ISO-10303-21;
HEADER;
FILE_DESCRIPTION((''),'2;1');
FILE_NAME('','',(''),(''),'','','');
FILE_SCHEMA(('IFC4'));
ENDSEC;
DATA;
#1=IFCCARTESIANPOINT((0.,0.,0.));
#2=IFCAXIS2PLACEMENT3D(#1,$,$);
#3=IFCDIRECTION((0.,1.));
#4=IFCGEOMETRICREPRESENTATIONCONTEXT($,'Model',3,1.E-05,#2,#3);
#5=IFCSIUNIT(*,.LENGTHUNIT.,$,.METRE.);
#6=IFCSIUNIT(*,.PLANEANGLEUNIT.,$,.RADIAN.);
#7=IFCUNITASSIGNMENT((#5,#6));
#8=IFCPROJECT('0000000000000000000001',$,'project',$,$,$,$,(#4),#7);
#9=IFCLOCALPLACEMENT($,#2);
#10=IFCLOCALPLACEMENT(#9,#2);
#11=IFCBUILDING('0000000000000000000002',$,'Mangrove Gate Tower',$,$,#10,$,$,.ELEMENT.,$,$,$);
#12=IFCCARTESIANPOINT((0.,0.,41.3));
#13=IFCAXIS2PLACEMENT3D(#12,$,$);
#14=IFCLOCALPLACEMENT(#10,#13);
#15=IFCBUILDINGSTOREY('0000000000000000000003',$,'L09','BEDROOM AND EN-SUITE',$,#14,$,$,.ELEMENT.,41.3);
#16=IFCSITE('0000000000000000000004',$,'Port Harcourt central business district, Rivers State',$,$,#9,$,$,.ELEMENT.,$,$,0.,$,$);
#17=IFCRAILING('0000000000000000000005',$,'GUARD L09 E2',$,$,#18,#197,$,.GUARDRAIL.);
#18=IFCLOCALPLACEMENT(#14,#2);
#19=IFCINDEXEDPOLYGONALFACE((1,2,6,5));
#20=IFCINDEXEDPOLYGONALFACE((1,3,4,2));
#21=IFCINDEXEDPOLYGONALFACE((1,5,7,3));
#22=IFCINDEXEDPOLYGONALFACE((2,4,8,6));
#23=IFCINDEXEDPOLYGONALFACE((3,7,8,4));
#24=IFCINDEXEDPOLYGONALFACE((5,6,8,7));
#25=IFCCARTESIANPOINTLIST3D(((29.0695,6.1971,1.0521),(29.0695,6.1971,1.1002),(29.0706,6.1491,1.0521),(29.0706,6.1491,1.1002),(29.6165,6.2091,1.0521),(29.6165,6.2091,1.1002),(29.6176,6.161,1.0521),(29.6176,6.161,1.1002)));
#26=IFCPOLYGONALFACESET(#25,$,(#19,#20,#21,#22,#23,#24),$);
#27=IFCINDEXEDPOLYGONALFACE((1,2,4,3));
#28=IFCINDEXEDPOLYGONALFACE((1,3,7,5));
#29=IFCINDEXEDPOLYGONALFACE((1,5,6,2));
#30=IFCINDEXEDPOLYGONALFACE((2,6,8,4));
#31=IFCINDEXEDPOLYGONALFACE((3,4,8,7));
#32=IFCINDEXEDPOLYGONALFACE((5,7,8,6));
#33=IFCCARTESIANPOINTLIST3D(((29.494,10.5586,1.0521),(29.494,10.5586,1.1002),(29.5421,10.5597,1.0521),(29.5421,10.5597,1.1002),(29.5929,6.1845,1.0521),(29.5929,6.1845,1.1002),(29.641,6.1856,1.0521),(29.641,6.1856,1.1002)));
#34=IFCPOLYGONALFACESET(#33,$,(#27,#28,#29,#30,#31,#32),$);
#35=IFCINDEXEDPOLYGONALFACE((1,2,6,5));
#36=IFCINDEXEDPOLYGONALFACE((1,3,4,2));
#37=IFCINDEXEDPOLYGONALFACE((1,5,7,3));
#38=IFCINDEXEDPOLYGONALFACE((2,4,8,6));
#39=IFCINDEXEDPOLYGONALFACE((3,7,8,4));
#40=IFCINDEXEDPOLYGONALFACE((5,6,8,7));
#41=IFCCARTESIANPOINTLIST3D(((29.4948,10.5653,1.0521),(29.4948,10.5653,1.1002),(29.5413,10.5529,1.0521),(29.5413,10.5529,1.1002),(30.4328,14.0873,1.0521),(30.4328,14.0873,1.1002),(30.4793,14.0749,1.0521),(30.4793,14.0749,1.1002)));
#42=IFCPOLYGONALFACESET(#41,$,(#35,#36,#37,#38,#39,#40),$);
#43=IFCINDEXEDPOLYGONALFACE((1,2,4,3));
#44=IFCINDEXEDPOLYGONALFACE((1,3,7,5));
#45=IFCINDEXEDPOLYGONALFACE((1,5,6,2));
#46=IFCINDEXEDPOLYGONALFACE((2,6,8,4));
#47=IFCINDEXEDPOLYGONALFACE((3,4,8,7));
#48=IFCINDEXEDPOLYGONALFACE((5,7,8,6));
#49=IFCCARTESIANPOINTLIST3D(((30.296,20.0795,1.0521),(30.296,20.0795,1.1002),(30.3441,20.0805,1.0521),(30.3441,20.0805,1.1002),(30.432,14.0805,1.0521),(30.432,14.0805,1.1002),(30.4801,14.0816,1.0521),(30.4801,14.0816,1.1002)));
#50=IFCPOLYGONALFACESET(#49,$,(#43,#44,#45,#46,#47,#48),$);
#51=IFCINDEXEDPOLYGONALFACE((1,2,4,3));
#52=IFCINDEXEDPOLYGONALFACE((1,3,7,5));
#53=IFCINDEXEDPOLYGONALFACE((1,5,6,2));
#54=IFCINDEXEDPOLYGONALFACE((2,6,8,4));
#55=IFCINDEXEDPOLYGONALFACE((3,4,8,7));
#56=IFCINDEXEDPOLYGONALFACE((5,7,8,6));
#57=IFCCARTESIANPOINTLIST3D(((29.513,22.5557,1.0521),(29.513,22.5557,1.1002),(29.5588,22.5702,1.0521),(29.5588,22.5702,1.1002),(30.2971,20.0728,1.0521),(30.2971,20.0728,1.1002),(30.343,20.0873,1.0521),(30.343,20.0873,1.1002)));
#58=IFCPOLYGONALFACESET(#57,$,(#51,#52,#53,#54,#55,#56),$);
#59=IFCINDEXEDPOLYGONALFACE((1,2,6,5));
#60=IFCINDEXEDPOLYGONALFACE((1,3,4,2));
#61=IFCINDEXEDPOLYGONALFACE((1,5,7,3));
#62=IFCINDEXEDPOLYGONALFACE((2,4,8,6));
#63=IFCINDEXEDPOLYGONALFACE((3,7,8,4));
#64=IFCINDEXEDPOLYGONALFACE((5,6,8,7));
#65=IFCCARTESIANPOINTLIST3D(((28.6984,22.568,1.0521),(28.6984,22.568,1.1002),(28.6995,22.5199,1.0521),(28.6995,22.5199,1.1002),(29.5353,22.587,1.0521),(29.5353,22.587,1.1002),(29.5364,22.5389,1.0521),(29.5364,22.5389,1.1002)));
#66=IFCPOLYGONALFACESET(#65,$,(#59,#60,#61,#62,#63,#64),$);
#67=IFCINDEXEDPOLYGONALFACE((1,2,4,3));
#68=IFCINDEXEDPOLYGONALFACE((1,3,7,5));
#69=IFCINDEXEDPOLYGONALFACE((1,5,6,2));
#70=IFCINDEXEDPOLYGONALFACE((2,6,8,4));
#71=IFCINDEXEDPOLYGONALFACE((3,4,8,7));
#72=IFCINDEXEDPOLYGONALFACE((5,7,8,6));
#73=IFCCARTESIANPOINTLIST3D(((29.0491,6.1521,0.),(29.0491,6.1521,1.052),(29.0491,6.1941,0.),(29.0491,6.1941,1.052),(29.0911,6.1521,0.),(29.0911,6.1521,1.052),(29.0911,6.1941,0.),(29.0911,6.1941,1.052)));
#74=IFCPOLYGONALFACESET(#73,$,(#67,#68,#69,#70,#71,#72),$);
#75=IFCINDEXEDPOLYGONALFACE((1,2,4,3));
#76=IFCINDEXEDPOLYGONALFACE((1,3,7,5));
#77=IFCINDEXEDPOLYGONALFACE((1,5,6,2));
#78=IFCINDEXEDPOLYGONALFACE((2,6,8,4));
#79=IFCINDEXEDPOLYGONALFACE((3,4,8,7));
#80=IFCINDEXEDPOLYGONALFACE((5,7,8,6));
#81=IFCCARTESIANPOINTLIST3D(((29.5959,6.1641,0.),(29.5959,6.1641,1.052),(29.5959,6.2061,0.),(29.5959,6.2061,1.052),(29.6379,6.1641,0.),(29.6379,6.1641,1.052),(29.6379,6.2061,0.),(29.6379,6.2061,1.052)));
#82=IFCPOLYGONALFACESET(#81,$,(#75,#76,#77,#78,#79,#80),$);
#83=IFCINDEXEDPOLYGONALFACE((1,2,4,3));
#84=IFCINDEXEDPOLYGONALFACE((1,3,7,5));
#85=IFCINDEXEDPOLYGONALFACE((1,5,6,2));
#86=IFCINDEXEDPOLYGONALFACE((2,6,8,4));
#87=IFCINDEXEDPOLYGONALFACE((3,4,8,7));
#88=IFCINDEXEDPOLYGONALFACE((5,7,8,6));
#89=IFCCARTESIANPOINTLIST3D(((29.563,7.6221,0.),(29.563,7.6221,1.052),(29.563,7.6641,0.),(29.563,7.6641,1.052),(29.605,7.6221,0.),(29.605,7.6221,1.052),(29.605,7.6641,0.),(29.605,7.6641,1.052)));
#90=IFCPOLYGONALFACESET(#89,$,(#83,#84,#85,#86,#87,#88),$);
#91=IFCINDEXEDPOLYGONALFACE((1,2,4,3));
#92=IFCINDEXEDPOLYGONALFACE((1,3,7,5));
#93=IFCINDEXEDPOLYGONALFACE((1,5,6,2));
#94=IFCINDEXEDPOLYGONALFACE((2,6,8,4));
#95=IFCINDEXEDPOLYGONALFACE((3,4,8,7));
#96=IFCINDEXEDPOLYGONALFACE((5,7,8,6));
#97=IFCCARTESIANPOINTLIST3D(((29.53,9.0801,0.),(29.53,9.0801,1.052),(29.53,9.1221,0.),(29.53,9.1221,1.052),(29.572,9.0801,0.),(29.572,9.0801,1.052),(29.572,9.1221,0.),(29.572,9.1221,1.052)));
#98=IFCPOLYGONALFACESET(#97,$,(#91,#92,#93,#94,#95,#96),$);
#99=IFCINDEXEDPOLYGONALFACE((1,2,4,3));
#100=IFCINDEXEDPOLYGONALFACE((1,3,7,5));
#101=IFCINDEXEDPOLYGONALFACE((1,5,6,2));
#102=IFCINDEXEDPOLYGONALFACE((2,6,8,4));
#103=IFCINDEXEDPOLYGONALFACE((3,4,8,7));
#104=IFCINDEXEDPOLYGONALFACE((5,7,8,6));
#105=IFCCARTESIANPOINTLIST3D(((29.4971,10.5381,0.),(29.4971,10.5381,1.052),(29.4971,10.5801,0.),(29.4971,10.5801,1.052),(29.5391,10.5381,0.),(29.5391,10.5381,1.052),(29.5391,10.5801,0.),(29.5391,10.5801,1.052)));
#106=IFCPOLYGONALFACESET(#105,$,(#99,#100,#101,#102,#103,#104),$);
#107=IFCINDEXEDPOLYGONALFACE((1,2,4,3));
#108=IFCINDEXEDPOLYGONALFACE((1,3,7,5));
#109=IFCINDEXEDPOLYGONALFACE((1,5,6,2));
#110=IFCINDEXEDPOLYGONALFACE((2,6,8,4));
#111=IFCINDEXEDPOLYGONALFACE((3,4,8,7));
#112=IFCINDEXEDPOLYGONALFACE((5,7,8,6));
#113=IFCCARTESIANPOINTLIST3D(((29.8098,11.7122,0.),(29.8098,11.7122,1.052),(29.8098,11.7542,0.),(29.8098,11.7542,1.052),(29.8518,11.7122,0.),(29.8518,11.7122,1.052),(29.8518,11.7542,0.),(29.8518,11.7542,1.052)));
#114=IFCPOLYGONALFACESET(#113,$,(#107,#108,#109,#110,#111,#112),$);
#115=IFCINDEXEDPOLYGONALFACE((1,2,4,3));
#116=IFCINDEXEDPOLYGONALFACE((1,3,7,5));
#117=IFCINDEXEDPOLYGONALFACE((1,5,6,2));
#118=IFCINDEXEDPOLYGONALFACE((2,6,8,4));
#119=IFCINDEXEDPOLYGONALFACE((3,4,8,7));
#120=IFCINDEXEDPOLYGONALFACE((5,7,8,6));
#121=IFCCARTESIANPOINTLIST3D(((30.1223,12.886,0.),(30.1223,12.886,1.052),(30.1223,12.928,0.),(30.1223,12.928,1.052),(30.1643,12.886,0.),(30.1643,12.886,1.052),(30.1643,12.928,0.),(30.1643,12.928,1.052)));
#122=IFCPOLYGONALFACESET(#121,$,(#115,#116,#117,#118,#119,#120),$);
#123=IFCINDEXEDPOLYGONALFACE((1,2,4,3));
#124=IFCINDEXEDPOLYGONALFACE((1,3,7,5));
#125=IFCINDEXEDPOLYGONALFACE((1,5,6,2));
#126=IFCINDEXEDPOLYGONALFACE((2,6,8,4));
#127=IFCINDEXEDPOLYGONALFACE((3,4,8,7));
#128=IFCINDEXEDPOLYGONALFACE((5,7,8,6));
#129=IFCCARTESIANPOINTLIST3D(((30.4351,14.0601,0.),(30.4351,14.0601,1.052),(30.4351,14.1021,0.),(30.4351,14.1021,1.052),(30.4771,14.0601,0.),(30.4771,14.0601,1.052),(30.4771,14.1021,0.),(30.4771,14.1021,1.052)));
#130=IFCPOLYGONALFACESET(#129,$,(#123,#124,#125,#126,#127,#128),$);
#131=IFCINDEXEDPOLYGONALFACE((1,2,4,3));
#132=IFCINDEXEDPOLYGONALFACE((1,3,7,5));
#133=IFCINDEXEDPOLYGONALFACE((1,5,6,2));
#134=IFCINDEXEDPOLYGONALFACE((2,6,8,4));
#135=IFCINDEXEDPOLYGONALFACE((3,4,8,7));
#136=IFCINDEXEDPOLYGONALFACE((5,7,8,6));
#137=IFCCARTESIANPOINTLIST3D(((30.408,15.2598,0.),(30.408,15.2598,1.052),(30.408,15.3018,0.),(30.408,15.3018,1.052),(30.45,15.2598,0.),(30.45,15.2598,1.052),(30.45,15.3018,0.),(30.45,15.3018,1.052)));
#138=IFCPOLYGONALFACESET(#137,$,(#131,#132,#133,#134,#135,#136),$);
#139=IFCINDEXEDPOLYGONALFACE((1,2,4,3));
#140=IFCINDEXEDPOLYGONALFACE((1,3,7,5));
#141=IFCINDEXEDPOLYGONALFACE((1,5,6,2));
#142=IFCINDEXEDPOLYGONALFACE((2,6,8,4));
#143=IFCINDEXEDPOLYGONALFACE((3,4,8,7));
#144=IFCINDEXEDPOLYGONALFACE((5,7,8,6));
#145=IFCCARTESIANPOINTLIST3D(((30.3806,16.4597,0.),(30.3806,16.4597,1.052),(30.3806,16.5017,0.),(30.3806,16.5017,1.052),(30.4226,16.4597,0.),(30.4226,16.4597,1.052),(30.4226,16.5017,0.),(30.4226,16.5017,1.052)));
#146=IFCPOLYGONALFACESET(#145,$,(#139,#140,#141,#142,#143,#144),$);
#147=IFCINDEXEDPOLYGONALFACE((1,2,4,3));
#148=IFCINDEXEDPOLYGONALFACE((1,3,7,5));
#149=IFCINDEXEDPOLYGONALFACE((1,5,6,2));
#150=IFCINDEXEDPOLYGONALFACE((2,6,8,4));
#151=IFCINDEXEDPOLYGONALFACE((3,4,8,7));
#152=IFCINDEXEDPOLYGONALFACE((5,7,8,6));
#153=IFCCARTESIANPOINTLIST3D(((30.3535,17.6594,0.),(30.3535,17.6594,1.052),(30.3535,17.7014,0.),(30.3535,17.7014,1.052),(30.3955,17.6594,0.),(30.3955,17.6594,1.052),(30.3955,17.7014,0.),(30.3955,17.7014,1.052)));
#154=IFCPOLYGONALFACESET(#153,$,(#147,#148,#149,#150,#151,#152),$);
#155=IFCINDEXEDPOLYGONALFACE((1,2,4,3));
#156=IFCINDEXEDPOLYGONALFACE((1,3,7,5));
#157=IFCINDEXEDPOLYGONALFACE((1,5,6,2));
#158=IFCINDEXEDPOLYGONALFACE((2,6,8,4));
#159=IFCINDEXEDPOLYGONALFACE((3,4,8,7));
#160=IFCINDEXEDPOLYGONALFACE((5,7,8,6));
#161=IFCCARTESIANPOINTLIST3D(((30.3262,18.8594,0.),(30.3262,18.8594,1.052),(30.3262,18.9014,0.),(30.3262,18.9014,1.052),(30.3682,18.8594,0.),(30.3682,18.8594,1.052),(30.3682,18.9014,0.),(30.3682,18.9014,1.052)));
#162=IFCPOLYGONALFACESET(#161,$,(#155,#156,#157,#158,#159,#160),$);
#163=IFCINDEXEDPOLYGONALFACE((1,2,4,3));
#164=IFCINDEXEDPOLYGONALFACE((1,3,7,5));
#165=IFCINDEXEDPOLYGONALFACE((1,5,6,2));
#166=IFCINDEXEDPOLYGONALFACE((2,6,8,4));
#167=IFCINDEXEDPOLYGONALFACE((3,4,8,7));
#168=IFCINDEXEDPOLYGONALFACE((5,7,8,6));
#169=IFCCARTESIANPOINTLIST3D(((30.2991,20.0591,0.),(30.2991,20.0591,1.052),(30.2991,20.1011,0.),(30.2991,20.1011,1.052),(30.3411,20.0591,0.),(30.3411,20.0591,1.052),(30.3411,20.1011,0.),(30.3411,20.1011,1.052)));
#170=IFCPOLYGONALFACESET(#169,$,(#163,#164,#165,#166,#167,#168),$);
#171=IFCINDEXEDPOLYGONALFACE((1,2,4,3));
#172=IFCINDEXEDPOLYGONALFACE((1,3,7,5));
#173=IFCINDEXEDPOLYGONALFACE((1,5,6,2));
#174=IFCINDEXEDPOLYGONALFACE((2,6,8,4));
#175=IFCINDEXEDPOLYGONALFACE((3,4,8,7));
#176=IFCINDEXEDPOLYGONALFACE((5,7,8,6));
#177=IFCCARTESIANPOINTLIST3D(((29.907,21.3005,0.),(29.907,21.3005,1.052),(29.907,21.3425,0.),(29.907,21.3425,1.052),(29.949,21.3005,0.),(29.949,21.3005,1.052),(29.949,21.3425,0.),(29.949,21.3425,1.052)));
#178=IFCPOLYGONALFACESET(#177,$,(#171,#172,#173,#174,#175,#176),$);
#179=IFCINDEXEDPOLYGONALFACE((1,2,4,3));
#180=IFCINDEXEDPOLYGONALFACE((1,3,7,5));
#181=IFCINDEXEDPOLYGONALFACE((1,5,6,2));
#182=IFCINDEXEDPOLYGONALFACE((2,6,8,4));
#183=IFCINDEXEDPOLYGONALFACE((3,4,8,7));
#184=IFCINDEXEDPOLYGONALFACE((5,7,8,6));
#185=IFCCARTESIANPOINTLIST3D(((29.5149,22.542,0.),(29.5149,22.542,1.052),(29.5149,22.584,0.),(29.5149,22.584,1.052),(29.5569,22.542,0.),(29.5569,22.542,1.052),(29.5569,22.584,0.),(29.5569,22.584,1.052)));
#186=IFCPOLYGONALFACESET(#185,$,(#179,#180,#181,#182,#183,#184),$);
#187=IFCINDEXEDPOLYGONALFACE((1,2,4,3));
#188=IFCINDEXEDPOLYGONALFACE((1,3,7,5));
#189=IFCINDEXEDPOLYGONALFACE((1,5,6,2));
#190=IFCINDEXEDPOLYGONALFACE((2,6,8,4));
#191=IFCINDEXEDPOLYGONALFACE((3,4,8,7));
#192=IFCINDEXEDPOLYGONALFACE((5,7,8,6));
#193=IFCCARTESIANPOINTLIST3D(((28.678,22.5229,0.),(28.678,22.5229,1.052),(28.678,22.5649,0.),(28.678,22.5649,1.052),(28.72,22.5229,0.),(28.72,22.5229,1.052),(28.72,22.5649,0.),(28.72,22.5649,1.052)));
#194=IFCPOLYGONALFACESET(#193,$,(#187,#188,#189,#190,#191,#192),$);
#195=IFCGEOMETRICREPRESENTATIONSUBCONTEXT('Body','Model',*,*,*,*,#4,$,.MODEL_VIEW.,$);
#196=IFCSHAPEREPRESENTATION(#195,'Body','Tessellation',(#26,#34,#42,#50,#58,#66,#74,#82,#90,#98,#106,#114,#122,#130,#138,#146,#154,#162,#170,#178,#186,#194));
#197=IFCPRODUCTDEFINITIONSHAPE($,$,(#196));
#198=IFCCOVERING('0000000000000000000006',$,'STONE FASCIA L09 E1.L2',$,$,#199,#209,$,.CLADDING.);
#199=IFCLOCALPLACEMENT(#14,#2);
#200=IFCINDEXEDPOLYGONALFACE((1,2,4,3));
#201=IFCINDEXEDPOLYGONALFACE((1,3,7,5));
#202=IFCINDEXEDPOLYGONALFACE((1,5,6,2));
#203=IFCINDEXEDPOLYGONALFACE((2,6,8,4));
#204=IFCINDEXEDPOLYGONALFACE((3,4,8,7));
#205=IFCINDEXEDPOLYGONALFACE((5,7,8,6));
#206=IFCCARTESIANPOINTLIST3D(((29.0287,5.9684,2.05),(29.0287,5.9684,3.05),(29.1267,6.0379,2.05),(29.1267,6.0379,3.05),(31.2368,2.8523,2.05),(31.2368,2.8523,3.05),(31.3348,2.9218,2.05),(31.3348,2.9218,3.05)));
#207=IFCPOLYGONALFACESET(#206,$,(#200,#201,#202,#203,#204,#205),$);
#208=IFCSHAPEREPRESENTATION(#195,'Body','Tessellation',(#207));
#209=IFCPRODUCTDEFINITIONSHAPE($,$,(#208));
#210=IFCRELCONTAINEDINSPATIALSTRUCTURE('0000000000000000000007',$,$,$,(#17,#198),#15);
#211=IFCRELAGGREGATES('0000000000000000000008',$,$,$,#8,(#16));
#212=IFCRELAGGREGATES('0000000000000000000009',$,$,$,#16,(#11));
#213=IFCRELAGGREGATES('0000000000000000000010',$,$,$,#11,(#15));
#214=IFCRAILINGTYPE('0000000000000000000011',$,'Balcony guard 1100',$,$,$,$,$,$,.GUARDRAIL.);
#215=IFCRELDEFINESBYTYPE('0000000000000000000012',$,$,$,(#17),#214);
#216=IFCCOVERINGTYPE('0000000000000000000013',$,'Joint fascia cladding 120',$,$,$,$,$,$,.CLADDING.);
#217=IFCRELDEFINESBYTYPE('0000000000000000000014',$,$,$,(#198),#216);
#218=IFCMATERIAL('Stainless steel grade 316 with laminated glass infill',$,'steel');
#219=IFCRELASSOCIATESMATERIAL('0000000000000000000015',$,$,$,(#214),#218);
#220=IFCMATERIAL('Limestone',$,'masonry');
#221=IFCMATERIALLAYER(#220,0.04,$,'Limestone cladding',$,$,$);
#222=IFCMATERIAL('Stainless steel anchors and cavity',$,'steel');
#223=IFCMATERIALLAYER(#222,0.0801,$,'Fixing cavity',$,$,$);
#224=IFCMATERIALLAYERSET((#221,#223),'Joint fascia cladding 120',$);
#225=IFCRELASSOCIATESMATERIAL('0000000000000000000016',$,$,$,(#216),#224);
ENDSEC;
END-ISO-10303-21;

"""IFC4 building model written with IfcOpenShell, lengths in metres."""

from ifc_helpers import new_model, si_unit, direction, frame, frame_2d, origin, origin_2d, place, context, subcontext, project, spatial, rectangle, extrude, material, layer, layer_set, type_object, element, save


model = new_model("IFC4")

# Units and contexts
model_context = context("Model", 3, precision=1e-05, world=origin(), true_north=direction((0.0, 1.0)))
body_context = subcontext(model_context, "Body", "Model", "MODEL_VIEW")
ifc_project = project(units=[si_unit("LENGTHUNIT", "METRE"), si_unit("PLANEANGLEUNIT", "RADIAN")], contexts=[model_context])

# Site, building, storey
site_placement = place(None, origin())
site = spatial("IfcSite", under=ifc_project, at=site_placement, Name="Port Harcourt central business district, Rivers State", CompositionType="ELEMENT", RefElevation=0.0)
building_placement = place(site_placement, origin())
building = spatial("IfcBuilding", under=site, at=building_placement, Name="Mangrove Gate Tower", CompositionType="ELEMENT")
storey_placement = place(building_placement, frame((0.0, 0.0, 41.3)))
storey = spatial("IfcBuildingStorey", under=building, at=storey_placement, Name="L09", Description="BEDROOM AND EN-SUITE", CompositionType="ELEMENT", Elevation=41.3)

# Shared definitions
ifc_material_1 = material(Name="Limestone", Category="masonry")

# Railing
ifc_material_2 = material(Name="Stainless steel grade 316 with laminated glass infill", Category="steel")
railing_type = type_object("IfcRailingType", Name="Balcony guard 1100", PredefinedType="GUARDRAIL", material=ifc_material_2)
railing_placement = place(storey_placement, frame((29.0701, 6.1731, 0.0)))
element("IfcRailing", 1, at=railing_placement, inside=storey, type_object=railing_type, Name="GUARD L09 E2", PredefinedType="GUARDRAIL", context=body_context, shape_type="SweptSolid", body=[
    extrude(rectangle(XDim=0.0481, YDim=0.0481, at=origin_2d()), frame((0.0, 0.0, 1.0762), z_axis=(0.999761, 0.02187, 0.0), x_axis=(-0.02187, 0.999761, 0.0)), (0.0, 0.0, 1.0), 0.5471),
    extrude(rectangle(XDim=0.0481, YDim=0.0481, at=origin_2d()), frame((0.5469, 0.012, 1.0762), z_axis=(-0.0226, 0.999745, 0.0), x_axis=(-0.999745, -0.0226, 0.0)), (0.0, 0.0, 1.0), 4.3752),
    extrude(rectangle(XDim=0.0481, YDim=0.0481, at=origin_2d()), frame((0.448, 4.386, 1.0762), z_axis=(0.257354, 0.966317, 0.0), x_axis=(-0.966317, 0.257354, 0.0)), (0.0, 0.0, 1.0), 3.6448),
    extrude(rectangle(XDim=0.0481, YDim=0.0481, at=origin_2d()), frame((1.386, 7.908, 1.0762), z_axis=(-0.022662, 0.999743, 0.0), x_axis=(-0.999743, -0.022662, 0.0)), (0.0, 0.0, 1.0), 6.0005),
    extrude(rectangle(XDim=0.0481, YDim=0.0481, at=origin_2d()), frame((1.25, 13.907, 1.0762), z_axis=(-0.301167, 0.953571, 0.0), x_axis=(-0.953571, -0.301167, 0.0)), (0.0, 0.0, 1.0), 2.6038),
    extrude(rectangle(XDim=0.0481, YDim=0.0481, at=origin_2d()), frame((0.4658, 16.3899, 1.0762), z_axis=(-0.999741, -0.022748, 0.0), x_axis=(0.022748, -0.999741, 0.0)), (0.0, 0.0, 1.0), 0.8372),
    extrude(rectangle(XDim=0.042, YDim=0.042, at=origin_2d()), origin(), (0.0, 0.0, 1.0), 1.052),
    extrude(rectangle(XDim=0.042, YDim=0.042, at=origin_2d()), frame((0.5469, 0.012, 0.0)), (0.0, 0.0, 1.0), 1.052),
    extrude(rectangle(XDim=0.042, YDim=0.042, at=origin_2d()), frame((0.5139, 1.47, 0.0)), (0.0, 0.0, 1.0), 1.052),
    extrude(rectangle(XDim=0.042, YDim=0.042, at=origin_2d()), frame((0.481, 2.928, 0.0)), (0.0, 0.0, 1.0), 1.052),
    extrude(rectangle(XDim=0.042, YDim=0.042, at=origin_2d()), frame((0.448, 4.386, 0.0)), (0.0, 0.0, 1.0), 1.052),
    extrude(rectangle(XDim=0.042, YDim=0.042, at=origin_2d()), frame((0.7607, 5.5601, 0.0)), (0.0, 0.0, 1.0), 1.052),
    extrude(rectangle(XDim=0.042, YDim=0.042, at=origin_2d()), frame((1.0732, 6.7339, 0.0)), (0.0, 0.0, 1.0), 1.052),
    extrude(rectangle(XDim=0.042, YDim=0.042, at=origin_2d()), frame((1.386, 7.908, 0.0)), (0.0, 0.0, 1.0), 1.052),
    extrude(rectangle(XDim=0.042, YDim=0.042, at=origin_2d()), frame((1.3589, 9.1077, 0.0)), (0.0, 0.0, 1.0), 1.052),
    extrude(rectangle(XDim=0.042, YDim=0.042, at=origin_2d()), frame((1.3315, 10.3076, 0.0)), (0.0, 0.0, 1.0), 1.052),
    extrude(rectangle(XDim=0.042, YDim=0.042, at=origin_2d()), frame((1.3044, 11.5073, 0.0)), (0.0, 0.0, 1.0), 1.052),
    extrude(rectangle(XDim=0.042, YDim=0.042, at=origin_2d()), frame((1.2771, 12.7073, 0.0)), (0.0, 0.0, 1.0), 1.052),
    extrude(rectangle(XDim=0.042, YDim=0.042, at=origin_2d()), frame((1.25, 13.907, 0.0)), (0.0, 0.0, 1.0), 1.052),
    extrude(rectangle(XDim=0.042, YDim=0.042, at=origin_2d()), frame((0.8579, 15.1484, 0.0)), (0.0, 0.0, 1.0), 1.052),
    extrude(rectangle(XDim=0.042, YDim=0.042, at=origin_2d()), frame((0.4658, 16.3899, 0.0)), (0.0, 0.0, 1.0), 1.052),
    extrude(rectangle(XDim=0.042, YDim=0.042, at=origin_2d()), frame((-0.3711, 16.3708, 0.0)), (0.0, 0.0, 1.0), 1.052),
])

# Covering
ifc_layer_1 = layer(ifc_material_1, 0.04, Name="Limestone cladding")
ifc_material_3 = material(Name="Stainless steel anchors and cavity", Category="steel")
ifc_layer_2 = layer(ifc_material_3, 0.0801, Name="Fixing cavity")
ifc_layer_set_1 = layer_set([ifc_layer_1, ifc_layer_2], Name="Joint fascia cladding 120")
covering_type = type_object("IfcCoveringType", Name="Joint fascia cladding 120", PredefinedType="CLADDING", material=ifc_layer_set_1)
covering_placement = place(storey_placement, frame((31.2859, 2.887, 2.05), z_axis=(0.0, 0.0, 1.0), x_axis=(-0.578168, 0.815918, 0.0)))
element("IfcCovering", 2, at=covering_placement, inside=storey, type_object=covering_type, Name="STONE FASCIA L09 E1.L2", PredefinedType="CLADDING", context=body_context, shape_type="SweptSolid", body=[
    extrude(rectangle(XDim=3.8191, YDim=0.1201, at=frame_2d((1.9097, 0.0))), origin(), (0.0, 0.0, 1.0), 1.0),
])

save(model, "model.ifc")
